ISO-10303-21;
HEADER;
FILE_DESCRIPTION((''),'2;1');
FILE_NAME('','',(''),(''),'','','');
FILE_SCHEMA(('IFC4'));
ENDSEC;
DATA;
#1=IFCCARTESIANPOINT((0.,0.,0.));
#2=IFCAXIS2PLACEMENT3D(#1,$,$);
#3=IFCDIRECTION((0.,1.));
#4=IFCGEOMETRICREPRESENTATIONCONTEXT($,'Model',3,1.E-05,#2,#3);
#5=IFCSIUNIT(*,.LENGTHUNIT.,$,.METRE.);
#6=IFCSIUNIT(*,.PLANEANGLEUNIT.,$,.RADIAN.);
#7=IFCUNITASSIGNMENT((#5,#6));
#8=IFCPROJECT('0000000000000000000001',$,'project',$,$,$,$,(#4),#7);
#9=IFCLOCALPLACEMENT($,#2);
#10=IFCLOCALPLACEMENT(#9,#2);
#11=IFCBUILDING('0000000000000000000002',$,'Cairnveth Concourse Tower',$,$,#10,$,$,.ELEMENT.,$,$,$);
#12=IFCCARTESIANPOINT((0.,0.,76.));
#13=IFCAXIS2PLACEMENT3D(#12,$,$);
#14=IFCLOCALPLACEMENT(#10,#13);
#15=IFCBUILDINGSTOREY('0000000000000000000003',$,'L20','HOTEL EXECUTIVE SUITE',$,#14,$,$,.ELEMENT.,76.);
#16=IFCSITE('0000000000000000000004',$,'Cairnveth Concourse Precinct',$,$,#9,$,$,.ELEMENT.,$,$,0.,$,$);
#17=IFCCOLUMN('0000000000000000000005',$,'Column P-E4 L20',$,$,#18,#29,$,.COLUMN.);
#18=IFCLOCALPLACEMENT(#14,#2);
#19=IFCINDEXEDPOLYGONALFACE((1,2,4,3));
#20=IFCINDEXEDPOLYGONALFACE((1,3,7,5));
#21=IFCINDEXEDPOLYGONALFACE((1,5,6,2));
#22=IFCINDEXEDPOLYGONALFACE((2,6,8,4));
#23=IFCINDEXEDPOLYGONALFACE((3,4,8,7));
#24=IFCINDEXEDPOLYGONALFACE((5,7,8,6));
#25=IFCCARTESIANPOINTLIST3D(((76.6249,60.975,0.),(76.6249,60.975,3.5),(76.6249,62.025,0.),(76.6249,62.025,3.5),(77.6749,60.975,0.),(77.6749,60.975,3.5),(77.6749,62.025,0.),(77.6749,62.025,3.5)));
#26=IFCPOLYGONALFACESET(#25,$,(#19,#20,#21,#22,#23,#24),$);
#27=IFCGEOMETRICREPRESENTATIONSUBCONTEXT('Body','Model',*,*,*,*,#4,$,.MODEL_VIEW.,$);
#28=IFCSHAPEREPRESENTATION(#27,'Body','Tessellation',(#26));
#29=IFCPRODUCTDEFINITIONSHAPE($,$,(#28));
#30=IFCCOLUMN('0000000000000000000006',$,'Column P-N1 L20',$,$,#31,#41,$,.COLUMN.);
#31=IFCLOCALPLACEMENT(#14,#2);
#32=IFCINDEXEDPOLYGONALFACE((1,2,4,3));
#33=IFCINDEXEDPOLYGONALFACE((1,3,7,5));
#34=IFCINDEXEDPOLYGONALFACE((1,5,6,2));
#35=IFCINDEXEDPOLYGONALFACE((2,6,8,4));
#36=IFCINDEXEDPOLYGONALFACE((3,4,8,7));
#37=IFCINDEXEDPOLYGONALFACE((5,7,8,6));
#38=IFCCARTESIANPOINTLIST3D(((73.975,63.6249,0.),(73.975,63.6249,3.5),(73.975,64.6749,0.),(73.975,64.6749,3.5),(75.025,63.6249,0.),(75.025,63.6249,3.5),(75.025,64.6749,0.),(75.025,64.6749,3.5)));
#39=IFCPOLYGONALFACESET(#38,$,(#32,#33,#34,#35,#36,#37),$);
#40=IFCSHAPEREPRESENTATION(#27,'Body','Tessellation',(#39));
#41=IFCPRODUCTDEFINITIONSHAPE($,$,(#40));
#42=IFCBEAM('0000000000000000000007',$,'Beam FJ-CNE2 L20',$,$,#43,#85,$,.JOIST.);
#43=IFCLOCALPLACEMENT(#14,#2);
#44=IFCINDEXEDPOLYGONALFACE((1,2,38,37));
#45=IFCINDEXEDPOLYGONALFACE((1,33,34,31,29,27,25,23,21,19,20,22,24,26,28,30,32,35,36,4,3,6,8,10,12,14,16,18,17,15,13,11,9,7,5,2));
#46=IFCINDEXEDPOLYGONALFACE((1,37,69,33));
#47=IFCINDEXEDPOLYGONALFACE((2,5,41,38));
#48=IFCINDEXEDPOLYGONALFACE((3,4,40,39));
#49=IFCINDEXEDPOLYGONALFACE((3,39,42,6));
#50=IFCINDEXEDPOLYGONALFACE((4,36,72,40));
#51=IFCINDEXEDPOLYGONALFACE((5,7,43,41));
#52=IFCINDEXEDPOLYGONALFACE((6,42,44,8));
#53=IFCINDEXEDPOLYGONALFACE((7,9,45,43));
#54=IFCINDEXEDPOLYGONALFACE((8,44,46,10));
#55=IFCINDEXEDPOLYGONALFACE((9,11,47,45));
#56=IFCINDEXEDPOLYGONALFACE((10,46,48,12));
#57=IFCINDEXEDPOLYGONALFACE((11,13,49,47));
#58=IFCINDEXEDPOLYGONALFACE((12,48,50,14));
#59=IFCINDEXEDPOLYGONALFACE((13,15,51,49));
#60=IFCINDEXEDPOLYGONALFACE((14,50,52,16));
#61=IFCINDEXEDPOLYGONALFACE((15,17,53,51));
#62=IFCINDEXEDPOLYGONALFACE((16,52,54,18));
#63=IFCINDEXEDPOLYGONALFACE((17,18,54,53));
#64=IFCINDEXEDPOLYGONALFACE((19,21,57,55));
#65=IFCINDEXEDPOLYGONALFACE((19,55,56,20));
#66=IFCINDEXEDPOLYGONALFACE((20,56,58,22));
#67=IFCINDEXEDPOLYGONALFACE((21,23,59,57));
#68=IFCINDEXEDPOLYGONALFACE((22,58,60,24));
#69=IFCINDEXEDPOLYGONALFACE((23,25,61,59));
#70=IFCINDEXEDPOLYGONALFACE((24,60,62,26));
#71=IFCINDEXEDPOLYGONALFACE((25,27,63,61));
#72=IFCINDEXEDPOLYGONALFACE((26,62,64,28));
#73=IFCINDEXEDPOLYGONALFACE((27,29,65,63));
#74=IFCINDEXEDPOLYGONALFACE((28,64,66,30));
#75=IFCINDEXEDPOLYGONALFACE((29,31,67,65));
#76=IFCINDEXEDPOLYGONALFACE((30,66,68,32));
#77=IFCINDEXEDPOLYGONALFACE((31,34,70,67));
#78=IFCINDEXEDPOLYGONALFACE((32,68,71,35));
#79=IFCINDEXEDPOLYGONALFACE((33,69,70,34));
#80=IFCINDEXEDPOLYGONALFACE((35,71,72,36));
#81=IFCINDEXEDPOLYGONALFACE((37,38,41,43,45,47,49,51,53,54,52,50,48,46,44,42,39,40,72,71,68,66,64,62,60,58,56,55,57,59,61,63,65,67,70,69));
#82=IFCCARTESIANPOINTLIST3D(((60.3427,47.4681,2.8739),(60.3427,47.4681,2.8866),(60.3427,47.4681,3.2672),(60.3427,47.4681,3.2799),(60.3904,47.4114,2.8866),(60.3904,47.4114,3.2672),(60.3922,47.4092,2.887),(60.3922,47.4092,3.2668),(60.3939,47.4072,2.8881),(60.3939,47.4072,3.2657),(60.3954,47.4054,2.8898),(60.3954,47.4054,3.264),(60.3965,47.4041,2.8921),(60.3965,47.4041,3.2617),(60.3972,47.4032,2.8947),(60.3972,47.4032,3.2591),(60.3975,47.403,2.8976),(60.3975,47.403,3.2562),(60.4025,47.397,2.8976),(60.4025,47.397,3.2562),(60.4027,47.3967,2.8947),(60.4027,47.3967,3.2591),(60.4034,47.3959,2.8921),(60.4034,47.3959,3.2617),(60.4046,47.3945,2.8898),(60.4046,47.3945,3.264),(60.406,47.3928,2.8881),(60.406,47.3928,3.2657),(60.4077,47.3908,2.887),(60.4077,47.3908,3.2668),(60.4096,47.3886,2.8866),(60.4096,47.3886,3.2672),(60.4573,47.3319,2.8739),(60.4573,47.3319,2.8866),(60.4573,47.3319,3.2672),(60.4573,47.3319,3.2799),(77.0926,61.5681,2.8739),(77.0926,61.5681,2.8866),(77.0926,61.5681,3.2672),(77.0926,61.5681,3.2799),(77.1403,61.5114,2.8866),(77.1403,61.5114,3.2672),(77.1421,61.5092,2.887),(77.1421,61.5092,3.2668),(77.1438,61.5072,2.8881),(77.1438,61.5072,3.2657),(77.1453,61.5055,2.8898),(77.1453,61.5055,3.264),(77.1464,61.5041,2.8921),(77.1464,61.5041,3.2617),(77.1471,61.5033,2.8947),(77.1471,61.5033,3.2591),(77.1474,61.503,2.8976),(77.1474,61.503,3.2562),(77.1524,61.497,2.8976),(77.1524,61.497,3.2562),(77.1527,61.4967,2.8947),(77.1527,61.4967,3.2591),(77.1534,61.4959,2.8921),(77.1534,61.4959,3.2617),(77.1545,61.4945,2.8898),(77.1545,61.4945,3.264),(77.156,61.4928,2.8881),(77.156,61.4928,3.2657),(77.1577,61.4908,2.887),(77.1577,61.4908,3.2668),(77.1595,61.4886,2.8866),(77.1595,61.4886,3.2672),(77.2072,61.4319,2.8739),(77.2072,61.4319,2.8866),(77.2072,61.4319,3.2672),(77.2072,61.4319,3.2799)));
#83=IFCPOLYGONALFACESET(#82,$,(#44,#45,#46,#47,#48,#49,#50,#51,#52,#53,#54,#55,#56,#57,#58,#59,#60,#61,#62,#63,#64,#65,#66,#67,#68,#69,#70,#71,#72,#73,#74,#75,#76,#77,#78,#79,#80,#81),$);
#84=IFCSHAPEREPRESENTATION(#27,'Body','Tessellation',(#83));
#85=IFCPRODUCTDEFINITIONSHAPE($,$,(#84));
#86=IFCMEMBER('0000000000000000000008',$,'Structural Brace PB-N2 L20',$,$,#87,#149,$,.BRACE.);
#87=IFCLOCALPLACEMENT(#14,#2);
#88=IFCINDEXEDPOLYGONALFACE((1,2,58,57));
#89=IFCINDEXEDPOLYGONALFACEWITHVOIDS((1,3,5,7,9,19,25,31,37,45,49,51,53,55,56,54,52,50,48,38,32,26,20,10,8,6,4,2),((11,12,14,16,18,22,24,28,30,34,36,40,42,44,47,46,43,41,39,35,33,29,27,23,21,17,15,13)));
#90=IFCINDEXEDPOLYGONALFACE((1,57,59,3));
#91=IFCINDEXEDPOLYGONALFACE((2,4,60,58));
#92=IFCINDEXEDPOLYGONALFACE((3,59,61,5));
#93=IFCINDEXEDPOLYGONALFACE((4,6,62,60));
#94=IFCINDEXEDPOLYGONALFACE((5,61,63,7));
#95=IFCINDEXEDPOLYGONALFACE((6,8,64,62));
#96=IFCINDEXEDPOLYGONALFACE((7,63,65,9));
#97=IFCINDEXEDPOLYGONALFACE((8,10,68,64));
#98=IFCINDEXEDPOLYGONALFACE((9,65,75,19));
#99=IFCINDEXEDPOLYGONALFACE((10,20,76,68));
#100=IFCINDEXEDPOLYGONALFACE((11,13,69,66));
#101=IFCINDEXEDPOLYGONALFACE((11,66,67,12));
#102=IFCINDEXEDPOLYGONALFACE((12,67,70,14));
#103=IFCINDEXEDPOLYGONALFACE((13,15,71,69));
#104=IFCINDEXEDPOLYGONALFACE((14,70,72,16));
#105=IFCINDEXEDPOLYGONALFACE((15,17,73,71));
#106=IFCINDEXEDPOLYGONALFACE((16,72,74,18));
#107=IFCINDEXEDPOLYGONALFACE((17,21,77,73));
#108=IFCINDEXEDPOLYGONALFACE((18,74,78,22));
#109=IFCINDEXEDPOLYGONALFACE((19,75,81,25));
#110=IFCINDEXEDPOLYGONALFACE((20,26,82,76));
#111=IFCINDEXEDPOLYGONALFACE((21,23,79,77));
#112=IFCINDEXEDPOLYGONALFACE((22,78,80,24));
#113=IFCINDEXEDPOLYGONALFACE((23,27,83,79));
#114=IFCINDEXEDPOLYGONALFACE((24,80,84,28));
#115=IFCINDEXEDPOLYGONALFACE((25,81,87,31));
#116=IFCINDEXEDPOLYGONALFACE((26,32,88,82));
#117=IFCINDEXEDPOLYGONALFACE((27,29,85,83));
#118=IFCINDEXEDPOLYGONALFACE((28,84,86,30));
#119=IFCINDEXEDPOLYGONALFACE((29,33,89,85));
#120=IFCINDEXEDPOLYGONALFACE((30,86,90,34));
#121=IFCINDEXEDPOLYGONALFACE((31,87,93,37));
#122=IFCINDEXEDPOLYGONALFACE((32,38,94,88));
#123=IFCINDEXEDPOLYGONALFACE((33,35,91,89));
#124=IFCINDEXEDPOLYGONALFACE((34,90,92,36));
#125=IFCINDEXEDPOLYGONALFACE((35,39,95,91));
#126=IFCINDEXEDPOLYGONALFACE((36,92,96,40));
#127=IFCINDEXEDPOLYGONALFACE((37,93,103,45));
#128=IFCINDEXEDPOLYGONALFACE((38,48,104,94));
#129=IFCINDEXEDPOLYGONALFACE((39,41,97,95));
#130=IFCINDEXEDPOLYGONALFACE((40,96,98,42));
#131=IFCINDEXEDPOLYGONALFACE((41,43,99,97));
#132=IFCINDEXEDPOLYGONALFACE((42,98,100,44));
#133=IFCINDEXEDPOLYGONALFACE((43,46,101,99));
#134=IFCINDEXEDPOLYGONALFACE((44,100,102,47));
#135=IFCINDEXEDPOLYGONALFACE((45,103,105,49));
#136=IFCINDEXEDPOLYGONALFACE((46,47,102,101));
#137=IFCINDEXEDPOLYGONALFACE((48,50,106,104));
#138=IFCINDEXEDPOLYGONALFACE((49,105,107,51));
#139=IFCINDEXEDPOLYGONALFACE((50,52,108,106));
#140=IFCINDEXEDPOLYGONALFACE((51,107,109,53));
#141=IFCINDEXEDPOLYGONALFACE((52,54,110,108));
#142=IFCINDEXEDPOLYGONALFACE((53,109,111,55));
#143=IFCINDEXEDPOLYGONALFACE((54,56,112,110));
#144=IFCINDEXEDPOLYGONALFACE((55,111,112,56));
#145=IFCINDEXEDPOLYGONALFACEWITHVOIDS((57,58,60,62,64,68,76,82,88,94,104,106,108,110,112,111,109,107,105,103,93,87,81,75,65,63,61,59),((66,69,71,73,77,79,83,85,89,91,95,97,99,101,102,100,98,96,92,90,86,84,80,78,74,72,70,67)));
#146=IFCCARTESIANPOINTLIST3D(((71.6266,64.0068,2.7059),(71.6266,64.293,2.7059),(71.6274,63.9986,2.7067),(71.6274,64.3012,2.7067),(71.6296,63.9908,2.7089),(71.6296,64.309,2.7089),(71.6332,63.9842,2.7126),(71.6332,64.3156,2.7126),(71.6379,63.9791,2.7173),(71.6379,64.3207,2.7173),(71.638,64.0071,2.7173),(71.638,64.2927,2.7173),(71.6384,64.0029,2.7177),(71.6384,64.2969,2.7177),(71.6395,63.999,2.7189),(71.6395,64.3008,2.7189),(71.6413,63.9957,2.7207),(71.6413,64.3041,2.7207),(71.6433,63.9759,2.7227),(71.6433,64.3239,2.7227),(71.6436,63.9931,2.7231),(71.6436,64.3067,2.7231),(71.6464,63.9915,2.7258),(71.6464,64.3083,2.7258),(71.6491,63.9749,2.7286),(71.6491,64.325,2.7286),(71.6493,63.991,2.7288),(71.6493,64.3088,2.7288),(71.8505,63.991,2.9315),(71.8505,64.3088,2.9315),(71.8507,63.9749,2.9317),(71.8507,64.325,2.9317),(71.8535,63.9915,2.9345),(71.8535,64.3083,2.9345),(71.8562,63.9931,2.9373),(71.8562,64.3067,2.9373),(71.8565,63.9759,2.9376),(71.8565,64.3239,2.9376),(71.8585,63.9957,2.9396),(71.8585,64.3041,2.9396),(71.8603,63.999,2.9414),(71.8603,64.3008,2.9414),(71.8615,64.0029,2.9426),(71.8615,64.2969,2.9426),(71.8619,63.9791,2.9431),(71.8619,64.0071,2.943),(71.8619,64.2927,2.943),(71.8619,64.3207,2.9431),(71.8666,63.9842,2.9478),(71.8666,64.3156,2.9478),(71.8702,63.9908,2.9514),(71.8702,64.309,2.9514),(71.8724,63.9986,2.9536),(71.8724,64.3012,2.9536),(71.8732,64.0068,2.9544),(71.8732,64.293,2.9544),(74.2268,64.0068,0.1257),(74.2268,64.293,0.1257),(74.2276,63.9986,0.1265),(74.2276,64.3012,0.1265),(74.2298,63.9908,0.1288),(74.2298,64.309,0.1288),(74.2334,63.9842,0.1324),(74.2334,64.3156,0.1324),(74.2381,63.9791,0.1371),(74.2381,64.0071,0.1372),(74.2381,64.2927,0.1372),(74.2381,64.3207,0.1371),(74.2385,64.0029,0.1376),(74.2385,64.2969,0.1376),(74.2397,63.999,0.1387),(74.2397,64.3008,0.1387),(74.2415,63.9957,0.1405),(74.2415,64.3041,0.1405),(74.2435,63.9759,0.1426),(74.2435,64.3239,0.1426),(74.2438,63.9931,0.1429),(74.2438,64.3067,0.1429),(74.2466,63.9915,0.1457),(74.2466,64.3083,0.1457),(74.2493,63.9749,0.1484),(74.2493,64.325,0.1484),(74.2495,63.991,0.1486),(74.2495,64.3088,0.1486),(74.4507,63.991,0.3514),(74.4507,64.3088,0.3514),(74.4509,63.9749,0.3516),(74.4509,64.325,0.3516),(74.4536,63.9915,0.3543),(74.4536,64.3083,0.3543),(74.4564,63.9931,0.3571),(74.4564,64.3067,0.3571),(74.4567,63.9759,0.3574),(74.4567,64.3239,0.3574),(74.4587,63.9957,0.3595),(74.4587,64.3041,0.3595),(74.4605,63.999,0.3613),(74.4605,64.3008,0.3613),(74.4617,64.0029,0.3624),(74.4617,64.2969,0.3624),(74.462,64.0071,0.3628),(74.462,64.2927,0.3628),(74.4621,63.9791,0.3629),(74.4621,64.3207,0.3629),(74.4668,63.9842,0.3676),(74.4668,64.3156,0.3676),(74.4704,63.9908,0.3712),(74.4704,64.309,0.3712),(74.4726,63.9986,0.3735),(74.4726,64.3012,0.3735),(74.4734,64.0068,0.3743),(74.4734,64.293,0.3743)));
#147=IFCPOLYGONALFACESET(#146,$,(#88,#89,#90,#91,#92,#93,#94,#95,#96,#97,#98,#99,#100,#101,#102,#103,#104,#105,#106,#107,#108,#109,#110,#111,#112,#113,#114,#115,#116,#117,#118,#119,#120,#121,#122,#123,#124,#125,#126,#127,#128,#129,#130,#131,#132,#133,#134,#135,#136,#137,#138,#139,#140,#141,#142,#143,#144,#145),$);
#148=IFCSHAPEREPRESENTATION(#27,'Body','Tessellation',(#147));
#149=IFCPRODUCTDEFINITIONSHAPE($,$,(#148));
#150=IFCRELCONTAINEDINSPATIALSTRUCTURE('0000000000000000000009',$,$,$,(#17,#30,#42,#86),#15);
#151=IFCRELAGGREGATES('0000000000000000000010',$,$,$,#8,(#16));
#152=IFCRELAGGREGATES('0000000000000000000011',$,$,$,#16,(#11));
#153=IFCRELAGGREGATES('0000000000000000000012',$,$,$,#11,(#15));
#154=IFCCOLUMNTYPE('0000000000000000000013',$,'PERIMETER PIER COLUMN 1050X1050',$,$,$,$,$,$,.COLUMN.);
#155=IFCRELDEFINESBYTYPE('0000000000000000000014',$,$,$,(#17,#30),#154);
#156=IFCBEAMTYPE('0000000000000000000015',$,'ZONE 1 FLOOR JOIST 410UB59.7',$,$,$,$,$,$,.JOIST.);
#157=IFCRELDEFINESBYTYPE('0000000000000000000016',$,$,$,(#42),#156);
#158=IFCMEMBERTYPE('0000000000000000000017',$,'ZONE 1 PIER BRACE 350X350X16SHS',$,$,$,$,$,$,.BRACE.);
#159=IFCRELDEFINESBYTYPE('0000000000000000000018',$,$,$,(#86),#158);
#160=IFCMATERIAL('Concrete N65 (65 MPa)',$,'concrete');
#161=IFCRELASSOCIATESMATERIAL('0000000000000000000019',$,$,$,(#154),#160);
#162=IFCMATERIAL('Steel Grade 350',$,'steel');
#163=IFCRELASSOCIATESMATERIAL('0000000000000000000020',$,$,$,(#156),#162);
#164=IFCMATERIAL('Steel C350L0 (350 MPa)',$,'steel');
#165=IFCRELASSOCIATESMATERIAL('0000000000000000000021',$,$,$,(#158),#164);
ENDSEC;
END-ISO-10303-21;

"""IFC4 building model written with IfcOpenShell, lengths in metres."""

from ifc_helpers import new_model, si_unit, direction, frame, origin, origin_2d, place, context, subcontext, project, spatial, rectangle, hollow_rectangle, i_section, extrude, material, material_profile, profile_set, type_object, element, save


model = new_model("IFC4")

# Units and contexts
model_context = context("Model", 3, precision=1e-05, world=origin(), true_north=direction((0.0, 1.0)))
body_context = subcontext(model_context, "Body", "Model", "MODEL_VIEW")
ifc_project = project(units=[si_unit("LENGTHUNIT", "METRE"), si_unit("PLANEANGLEUNIT", "RADIAN")], contexts=[model_context])

# Site, building, storey
site_placement = place(None, origin())
site = spatial("IfcSite", under=ifc_project, at=site_placement, Name="Cairnveth Concourse Precinct", CompositionType="ELEMENT", RefElevation=0.0)
building_placement = place(site_placement, origin())
building = spatial("IfcBuilding", under=site, at=building_placement, Name="Cairnveth Concourse Tower", CompositionType="ELEMENT")
storey_placement = place(building_placement, frame((0.0, 0.0, 76.0)))
storey = spatial("IfcBuildingStorey", under=building, at=storey_placement, Name="L20", Description="HOTEL EXECUTIVE SUITE", CompositionType="ELEMENT", Elevation=76.0)

# Columns
ifc_material_1 = material(Name="Concrete N65 (65 MPa)", Category="concrete")
ifc_material_profile_1 = material_profile(ifc_material_1, rectangle(XDim=1.05, YDim=1.05, at=origin_2d()), Name="RC-COL-1050x1050")
ifc_profile_set_1 = profile_set([ifc_material_profile_1], Name="Concrete N65 (65 MPa)")
column_type = type_object("IfcColumnType", Name="PERIMETER PIER COLUMN 1050X1050", PredefinedType="COLUMN", material=ifc_profile_set_1)
for number, where, z_axis, x_axis, name in (
    (1, (77.1499, 61.5, 0.0), (0.0, 0.0, 1.0), (0.0, 1.0, 0.0), "Column P-E4 L20"),
    (2, (74.5, 64.1499, 0.0), (0.0, 0.0, 1.0), (1.0, 0.0, 0.0), "Column P-N1 L20"),
):
    element("IfcColumn", number, at=place(storey_placement, frame(where, z_axis=z_axis, x_axis=x_axis)), inside=storey, type_object=column_type, Name=name, PredefinedType="COLUMN", context=body_context, shape_type="SweptSolid", body=[
        extrude(rectangle(XDim=1.05, YDim=1.05, at=origin_2d()), origin(), (0.0, 0.0, 1.0), 3.5),
    ])

# Beam
ifc_material_2 = material(Name="Steel Grade 350", Category="steel")
ifc_material_profile_2 = material_profile(ifc_material_2, i_section(OverallWidth=0.178, OverallDepth=0.406, WebThickness=0.0078, FlangeThickness=0.0127, FilletRadius=0.011, at=origin_2d()), Name="410UB59.7")
ifc_profile_set_2 = profile_set([ifc_material_profile_2], Name="Steel Grade 350")
beam_type_1 = type_object("IfcBeamType", Name="ZONE 1 FLOOR JOIST 410UB59.7", PredefinedType="JOIST", material=ifc_profile_set_2)
beam_1_placement = place(storey_placement, frame((77.1499, 61.5, 3.0769), z_axis=(-0.765027, -0.643998, 0.0), x_axis=(0.643998, -0.765027, 0.0)))
element("IfcBeam", 3, at=beam_1_placement, inside=storey, type_object=beam_type_1, Name="Beam FJ-CNE2 L20", PredefinedType="JOIST", context=body_context, shape_type="SweptSolid", body=[
    extrude(i_section(OverallWidth=0.178, OverallDepth=0.406, WebThickness=0.0078, FlangeThickness=0.0127, FilletRadius=0.011, at=origin_2d()), origin(), (0.0, 0.0, 1.0), 21.8945),
])

# Member
ifc_material_3 = material(Name="Steel C350L0 (350 MPa)", Category="steel")
ifc_material_profile_3 = material_profile(ifc_material_3, hollow_rectangle(XDim=0.3501, YDim=0.3501, WallThickness=0.0161, InnerFilletRadius=0.0161, OuterFilletRadius=0.032, at=origin_2d()), Name="350x350x16.0SHS")
ifc_profile_set_3 = profile_set([ifc_material_profile_3], Name="Steel C350L0 (350 MPa)")
member_type = type_object("IfcMemberType", Name="ZONE 1 PIER BRACE 350X350X16SHS", PredefinedType="BRACE", material=ifc_profile_set_3)
for number, where, z_axis, x_axis, name in (
    (4, (74.3501, 64.1499, 0.25), (-0.709834, 0.0, 0.704369), (0.0, -1.0, 0.0), "Structural Brace PB-N2 L20"),
):
    element("IfcMember", number, at=place(storey_placement, frame(where, z_axis=z_axis, x_axis=x_axis)), inside=storey, type_object=member_type, Name=name, PredefinedType="BRACE", context=body_context, shape_type="SweptSolid", body=[
        extrude(hollow_rectangle(XDim=0.3501, YDim=0.3501, WallThickness=0.0161, InnerFilletRadius=0.0161, OuterFilletRadius=0.032, at=origin_2d()), origin(), (0.0, 0.0, 1.0), 3.6631),
    ])

save(model, "model.ifc")
